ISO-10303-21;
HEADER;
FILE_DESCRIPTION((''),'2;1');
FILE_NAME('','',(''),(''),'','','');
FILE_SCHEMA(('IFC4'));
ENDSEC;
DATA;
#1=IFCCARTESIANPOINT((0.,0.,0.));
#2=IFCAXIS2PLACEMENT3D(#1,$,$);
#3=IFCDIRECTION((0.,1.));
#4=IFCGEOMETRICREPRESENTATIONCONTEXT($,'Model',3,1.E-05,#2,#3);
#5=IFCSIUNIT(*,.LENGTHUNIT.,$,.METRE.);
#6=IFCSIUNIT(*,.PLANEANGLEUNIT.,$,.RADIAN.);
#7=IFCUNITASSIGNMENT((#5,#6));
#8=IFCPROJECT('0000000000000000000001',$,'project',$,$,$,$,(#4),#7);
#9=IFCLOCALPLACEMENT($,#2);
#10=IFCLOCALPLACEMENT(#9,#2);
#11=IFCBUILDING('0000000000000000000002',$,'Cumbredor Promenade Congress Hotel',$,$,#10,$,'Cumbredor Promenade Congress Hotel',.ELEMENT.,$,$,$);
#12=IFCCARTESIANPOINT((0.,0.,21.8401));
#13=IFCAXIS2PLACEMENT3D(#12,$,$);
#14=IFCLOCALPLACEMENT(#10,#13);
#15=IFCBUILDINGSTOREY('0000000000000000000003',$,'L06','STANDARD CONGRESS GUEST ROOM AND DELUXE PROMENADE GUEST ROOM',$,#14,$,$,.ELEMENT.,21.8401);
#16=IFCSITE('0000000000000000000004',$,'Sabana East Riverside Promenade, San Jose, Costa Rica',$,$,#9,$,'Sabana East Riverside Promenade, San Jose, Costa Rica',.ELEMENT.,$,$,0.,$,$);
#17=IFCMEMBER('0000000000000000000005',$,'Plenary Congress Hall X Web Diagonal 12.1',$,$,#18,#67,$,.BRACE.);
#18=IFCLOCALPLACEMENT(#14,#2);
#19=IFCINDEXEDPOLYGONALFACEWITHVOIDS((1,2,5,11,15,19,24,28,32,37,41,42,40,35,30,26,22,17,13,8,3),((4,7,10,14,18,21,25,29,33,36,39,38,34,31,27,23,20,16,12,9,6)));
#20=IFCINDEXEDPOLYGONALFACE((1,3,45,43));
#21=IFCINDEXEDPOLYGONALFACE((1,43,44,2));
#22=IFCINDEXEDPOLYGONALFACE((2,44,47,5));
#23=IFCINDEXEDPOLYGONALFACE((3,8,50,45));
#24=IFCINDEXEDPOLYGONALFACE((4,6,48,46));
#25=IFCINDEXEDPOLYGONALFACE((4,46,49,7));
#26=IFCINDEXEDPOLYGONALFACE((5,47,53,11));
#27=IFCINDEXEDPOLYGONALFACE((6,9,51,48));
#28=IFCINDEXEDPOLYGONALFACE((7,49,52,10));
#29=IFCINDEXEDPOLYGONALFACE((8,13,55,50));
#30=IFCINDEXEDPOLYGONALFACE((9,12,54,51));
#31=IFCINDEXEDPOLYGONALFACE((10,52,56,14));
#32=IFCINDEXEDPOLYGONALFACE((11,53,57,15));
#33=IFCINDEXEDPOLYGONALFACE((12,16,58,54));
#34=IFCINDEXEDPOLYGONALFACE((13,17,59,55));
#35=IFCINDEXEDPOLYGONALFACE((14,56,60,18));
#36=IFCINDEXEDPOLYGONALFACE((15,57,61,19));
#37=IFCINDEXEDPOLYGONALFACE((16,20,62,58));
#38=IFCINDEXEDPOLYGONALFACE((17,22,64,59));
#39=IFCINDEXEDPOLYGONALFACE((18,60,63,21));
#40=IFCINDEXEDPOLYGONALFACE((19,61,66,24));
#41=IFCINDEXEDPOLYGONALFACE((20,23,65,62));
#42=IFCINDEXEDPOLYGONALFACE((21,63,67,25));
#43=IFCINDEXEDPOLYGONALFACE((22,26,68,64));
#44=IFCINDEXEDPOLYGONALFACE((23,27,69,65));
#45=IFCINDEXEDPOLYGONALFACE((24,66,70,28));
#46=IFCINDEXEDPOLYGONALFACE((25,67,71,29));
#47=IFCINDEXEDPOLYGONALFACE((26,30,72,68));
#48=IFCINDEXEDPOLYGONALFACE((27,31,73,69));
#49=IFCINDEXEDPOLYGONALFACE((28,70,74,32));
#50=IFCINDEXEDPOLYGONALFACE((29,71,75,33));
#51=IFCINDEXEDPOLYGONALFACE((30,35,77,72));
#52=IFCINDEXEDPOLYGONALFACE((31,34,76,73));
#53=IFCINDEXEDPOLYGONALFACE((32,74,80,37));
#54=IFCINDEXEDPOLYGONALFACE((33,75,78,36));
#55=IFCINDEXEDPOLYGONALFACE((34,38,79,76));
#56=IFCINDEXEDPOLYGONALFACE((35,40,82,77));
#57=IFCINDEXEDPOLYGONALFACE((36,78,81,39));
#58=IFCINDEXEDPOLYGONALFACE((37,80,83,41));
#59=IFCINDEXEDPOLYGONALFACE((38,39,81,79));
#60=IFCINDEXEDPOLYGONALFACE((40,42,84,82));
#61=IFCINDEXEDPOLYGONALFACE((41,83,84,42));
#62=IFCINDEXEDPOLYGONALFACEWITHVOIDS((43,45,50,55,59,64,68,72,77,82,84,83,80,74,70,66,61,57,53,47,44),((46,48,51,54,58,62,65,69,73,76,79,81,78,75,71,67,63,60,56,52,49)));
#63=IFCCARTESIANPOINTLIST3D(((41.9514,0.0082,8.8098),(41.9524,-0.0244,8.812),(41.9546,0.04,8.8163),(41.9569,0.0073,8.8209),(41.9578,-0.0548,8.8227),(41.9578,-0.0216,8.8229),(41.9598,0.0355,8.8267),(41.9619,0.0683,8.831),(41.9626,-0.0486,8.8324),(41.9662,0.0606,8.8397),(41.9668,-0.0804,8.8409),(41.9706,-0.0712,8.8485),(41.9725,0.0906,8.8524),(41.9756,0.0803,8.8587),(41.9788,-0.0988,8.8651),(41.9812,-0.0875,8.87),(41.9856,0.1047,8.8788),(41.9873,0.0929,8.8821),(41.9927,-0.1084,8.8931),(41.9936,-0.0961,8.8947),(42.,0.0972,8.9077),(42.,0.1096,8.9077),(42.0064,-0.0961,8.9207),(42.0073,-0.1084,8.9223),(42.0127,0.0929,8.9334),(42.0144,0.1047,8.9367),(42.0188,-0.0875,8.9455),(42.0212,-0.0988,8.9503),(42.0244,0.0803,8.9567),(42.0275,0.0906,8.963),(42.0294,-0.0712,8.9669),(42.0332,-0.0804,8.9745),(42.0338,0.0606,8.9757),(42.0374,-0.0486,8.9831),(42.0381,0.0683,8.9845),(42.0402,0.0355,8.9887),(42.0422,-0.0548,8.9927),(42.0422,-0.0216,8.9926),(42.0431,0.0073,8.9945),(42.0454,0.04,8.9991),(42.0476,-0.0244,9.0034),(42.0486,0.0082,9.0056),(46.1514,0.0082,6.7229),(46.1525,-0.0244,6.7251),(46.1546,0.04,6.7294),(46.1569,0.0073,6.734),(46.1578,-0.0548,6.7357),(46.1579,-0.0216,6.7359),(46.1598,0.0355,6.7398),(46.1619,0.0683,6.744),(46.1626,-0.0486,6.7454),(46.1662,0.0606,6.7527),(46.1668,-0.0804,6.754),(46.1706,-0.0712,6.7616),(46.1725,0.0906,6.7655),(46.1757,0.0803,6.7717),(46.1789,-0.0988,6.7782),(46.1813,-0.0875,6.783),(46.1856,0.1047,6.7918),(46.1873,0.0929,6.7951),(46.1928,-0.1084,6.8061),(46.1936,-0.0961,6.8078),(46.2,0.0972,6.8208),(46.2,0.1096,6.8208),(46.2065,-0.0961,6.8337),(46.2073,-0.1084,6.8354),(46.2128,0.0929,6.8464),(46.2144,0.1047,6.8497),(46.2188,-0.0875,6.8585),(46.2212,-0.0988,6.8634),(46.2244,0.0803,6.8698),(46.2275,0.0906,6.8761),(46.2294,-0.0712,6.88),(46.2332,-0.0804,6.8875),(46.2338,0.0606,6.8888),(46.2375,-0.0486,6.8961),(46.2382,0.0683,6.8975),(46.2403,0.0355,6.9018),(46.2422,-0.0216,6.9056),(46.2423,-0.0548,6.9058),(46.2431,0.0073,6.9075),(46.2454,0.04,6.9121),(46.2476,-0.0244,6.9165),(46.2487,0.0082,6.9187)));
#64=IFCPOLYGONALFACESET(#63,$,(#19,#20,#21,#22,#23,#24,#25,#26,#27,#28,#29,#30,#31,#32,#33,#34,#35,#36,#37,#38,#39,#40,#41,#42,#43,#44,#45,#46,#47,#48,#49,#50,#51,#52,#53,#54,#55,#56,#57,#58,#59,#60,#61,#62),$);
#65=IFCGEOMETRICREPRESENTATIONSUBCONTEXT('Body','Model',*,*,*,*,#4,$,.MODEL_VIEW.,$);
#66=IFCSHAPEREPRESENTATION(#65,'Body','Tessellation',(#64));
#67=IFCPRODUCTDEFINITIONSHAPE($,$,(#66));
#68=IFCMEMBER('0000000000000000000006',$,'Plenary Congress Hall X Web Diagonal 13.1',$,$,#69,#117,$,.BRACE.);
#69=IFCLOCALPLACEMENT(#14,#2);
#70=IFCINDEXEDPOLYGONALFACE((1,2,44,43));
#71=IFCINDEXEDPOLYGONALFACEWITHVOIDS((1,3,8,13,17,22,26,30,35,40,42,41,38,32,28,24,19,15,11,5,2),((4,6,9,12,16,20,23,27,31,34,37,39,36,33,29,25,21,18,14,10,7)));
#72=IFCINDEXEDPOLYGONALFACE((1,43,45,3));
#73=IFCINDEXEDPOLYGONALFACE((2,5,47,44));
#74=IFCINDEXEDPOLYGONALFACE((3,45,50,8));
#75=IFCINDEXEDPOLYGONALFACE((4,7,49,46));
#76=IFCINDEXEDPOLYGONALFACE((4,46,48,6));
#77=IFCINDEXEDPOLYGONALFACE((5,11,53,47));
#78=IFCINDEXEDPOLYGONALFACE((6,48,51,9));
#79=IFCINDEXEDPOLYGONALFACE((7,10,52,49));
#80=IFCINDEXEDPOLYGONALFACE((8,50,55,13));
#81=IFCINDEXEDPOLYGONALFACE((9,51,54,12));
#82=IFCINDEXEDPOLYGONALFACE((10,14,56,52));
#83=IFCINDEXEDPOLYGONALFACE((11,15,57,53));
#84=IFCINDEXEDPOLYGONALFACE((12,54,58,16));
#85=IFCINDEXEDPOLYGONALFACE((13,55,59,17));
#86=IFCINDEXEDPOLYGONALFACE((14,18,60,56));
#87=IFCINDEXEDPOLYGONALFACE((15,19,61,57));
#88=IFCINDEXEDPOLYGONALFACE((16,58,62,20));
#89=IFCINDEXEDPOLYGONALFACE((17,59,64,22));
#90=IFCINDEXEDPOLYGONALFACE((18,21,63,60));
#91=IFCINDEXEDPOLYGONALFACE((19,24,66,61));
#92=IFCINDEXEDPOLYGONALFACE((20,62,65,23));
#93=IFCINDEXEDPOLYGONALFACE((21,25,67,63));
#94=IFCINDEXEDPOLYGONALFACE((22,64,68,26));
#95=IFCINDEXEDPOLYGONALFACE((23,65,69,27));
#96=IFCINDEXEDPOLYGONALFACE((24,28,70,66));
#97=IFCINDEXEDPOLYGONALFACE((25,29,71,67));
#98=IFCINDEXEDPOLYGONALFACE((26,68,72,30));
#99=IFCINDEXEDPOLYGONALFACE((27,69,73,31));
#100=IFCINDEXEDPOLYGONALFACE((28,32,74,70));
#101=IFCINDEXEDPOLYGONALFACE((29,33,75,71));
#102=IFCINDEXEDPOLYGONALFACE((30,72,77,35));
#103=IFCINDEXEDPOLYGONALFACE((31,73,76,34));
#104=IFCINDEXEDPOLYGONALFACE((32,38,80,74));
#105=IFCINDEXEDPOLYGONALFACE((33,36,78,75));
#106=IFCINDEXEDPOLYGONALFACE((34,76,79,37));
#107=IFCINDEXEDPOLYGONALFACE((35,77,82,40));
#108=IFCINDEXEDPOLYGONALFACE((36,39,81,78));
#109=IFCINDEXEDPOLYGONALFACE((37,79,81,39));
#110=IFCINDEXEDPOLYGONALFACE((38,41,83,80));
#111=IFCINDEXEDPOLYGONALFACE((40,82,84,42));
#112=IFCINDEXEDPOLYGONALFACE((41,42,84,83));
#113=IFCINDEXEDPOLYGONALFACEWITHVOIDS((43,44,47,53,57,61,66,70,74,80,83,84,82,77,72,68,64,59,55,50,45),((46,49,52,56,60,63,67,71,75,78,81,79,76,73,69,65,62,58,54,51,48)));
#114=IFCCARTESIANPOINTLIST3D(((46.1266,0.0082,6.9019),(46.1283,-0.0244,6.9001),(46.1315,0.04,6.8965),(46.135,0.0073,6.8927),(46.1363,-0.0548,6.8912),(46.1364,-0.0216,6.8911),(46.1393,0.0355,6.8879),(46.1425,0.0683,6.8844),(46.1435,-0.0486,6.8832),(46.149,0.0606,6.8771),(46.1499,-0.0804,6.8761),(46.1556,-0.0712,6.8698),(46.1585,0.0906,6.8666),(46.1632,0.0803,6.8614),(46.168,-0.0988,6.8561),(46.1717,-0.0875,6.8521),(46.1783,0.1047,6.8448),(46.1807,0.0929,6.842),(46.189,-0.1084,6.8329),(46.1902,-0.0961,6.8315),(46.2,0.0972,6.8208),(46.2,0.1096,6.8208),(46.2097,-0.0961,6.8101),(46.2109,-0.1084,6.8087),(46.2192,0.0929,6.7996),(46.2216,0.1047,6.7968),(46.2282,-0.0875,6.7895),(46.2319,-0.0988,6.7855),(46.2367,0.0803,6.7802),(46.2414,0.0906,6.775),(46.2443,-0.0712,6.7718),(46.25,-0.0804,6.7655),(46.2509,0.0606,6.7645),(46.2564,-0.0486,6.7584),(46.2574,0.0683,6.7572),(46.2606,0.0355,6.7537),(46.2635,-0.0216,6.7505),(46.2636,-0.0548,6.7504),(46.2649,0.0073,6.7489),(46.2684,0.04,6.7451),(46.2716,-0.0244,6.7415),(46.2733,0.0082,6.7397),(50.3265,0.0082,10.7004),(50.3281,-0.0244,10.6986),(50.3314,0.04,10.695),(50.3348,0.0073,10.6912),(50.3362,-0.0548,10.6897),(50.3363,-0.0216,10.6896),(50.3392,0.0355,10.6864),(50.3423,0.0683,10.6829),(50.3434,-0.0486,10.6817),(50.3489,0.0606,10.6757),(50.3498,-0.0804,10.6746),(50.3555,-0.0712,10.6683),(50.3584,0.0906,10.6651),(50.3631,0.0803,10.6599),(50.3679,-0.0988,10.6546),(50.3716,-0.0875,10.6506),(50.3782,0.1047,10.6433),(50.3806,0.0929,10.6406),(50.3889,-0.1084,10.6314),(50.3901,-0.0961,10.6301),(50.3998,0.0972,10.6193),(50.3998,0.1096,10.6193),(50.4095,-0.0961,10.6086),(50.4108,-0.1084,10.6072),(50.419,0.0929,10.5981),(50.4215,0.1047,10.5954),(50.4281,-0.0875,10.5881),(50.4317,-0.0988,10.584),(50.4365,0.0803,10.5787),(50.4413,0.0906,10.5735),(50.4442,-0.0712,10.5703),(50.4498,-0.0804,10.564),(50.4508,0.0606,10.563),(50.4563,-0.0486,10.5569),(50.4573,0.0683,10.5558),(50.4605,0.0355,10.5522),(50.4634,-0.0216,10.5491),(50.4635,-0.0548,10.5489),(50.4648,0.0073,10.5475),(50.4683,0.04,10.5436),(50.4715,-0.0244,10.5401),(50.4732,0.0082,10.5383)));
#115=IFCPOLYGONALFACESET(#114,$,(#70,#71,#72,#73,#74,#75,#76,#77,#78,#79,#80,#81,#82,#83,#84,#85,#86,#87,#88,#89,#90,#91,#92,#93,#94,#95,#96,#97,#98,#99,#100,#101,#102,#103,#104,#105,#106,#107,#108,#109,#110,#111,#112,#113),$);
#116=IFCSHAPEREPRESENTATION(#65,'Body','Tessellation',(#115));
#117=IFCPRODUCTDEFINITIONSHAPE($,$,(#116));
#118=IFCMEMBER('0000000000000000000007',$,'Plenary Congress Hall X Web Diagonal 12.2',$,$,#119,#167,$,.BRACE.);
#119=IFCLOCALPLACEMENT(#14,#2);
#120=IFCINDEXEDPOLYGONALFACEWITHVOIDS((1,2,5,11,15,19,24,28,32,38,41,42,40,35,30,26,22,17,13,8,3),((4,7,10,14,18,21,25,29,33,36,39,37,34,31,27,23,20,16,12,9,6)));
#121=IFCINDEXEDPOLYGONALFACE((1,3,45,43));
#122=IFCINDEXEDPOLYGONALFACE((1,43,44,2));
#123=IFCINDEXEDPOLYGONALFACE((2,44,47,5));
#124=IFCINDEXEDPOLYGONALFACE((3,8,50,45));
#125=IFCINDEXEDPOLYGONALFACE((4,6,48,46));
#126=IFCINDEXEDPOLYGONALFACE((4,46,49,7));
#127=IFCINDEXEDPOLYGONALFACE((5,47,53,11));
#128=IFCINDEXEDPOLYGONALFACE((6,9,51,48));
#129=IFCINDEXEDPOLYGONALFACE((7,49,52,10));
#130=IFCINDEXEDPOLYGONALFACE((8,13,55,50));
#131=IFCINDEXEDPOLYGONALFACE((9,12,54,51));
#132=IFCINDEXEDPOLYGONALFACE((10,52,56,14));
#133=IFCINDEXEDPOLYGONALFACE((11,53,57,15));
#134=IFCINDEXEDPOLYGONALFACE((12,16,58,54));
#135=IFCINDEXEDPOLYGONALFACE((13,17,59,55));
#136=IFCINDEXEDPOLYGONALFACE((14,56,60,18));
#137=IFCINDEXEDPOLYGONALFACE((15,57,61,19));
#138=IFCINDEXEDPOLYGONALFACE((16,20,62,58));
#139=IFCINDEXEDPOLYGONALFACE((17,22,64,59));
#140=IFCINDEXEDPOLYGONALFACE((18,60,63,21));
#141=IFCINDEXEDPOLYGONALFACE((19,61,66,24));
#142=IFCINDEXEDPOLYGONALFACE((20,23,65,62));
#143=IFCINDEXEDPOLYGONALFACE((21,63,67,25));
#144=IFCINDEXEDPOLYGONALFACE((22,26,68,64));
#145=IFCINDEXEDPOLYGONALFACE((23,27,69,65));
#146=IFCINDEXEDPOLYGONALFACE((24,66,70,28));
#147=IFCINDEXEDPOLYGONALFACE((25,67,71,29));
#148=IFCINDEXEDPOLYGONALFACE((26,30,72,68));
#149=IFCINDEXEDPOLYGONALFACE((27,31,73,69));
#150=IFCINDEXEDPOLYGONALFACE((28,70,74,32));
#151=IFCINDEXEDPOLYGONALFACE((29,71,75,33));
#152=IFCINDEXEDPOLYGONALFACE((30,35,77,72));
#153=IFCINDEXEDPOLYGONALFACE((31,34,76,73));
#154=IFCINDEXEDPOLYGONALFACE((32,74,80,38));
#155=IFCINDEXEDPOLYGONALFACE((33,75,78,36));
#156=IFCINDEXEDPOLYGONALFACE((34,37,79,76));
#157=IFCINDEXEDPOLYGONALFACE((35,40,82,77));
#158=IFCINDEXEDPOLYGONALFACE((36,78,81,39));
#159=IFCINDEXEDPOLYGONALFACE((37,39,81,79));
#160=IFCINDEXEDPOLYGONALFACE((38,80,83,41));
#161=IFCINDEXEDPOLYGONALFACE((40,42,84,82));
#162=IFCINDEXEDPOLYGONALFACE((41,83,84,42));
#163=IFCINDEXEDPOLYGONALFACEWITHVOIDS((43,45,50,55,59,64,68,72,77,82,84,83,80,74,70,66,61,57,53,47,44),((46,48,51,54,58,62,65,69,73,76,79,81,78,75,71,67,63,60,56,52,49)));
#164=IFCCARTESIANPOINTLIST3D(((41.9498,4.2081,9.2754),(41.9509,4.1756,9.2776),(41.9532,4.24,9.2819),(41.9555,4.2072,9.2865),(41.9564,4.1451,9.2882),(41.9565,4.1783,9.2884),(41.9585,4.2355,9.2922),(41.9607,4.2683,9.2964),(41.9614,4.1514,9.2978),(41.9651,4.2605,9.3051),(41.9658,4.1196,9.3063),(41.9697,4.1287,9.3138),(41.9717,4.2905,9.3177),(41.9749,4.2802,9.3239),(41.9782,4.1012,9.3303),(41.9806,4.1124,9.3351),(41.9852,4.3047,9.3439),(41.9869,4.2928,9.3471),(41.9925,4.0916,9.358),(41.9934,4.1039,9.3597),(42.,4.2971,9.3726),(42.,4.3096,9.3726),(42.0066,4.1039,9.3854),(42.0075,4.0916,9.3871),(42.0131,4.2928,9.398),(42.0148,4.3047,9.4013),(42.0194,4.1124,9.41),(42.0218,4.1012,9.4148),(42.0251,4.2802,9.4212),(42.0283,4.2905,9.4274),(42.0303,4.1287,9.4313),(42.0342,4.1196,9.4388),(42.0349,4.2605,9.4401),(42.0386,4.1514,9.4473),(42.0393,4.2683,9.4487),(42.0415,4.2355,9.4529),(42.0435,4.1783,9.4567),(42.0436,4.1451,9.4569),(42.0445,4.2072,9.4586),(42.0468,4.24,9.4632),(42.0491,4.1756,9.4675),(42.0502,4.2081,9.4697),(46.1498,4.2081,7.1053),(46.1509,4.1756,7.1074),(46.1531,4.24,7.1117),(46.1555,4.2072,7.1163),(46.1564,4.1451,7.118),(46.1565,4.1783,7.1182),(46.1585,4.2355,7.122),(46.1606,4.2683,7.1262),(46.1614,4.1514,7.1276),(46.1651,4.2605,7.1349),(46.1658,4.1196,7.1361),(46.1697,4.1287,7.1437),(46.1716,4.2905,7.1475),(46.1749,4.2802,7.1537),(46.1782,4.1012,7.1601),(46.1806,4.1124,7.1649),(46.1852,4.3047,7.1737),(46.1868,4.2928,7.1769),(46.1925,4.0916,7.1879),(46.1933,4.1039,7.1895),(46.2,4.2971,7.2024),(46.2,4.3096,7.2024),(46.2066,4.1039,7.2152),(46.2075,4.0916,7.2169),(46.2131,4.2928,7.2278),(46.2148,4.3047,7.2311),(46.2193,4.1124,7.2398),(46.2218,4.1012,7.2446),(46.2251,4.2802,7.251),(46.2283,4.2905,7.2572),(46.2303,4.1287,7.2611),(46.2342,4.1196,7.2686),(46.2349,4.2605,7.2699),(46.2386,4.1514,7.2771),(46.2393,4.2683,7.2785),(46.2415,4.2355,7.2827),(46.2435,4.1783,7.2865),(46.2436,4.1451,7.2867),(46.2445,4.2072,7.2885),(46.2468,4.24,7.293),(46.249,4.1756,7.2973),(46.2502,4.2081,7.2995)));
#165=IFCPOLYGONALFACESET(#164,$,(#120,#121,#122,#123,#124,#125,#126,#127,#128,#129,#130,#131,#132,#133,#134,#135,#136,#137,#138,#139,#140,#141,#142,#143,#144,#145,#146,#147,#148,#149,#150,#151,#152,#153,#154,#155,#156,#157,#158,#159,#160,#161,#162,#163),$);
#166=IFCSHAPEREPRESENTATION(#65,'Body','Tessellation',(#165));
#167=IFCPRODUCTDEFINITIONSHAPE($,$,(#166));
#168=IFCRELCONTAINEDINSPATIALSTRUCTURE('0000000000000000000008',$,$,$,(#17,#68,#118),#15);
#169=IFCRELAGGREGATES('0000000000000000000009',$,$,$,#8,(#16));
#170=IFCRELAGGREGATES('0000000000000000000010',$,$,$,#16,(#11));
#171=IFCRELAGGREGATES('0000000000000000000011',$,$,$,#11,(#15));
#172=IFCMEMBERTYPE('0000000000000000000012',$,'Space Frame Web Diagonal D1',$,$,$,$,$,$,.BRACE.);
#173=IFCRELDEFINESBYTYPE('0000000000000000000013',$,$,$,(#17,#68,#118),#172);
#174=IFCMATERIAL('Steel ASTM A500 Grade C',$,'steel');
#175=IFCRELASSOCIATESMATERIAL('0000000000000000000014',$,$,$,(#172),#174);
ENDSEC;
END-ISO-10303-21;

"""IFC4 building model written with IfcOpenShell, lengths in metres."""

from ifc_helpers import new_model, si_unit, direction, frame, origin, origin_2d, place, context, subcontext, project, spatial, hollow_circle, extrude, material, material_profile, profile_set, type_object, element, save


model = new_model("IFC4")

# Units and contexts
model_context = context("Model", 3, precision=1e-05, world=origin(), true_north=direction((0.0, 1.0)))
body_context = subcontext(model_context, "Body", "Model", "MODEL_VIEW")
ifc_project = project(units=[si_unit("LENGTHUNIT", "METRE"), si_unit("PLANEANGLEUNIT", "RADIAN")], contexts=[model_context])

# Site, building, storey
site_placement = place(None, origin())
site = spatial("IfcSite", under=ifc_project, at=site_placement, Name="Sabana East Riverside Promenade, San Jose, Costa Rica", LongName="Sabana East Riverside Promenade, San Jose, Costa Rica", CompositionType="ELEMENT", RefElevation=0.0)
building_placement = place(site_placement, origin())
building = spatial("IfcBuilding", under=site, at=building_placement, Name="Cumbredor Promenade Congress Hotel", LongName="Cumbredor Promenade Congress Hotel", CompositionType="ELEMENT")
storey_placement = place(building_placement, frame((0.0, 0.0, 21.8401)))
storey = spatial("IfcBuildingStorey", under=building, at=storey_placement, Name="L06", Description="STANDARD CONGRESS GUEST ROOM AND DELUXE PROMENADE GUEST ROOM", CompositionType="ELEMENT", Elevation=21.8401)

# Members
ifc_material_1 = material(Name="Steel ASTM A500 Grade C", Category="steel")
ifc_material_profile_1 = material_profile(ifc_material_1, hollow_circle(Radius=0.1096, WallThickness=0.0125, at=origin_2d()), Name="CHS 219.1x12.5")
ifc_profile_set_1 = profile_set([ifc_material_profile_1], Name="Steel ASTM A500 Grade C")
member_type_1 = type_object("IfcMemberType", Name="Space Frame Web Diagonal D1", PredefinedType="BRACE", material=ifc_profile_set_1)
member_1_placement = place(storey_placement, frame((42.0, 0.0, 8.9077), z_axis=(0.895538, 0.0, -0.444984), x_axis=(0.0, 1.0, 0.0)))
element("IfcMember", 1, at=member_1_placement, inside=storey, type_object=member_type_1, Name="Plenary Congress Hall X Web Diagonal 12.1", PredefinedType="BRACE", context=body_context, shape_type="SweptSolid", body=[
    extrude(hollow_circle(Radius=0.1096, WallThickness=0.0125, at=origin_2d()), origin(), (0.0, 0.0, 1.0), 4.6899),
])
member_2_placement = place(storey_placement, frame((46.2, 0.0, 6.8208), z_axis=(0.741656, 0.0, 0.67078), x_axis=(0.0, 1.0, 0.0)))
element("IfcMember", 2, at=member_2_placement, inside=storey, type_object=member_type_1, Name="Plenary Congress Hall X Web Diagonal 13.1", PredefinedType="BRACE", context=body_context, shape_type="SweptSolid", body=[
    extrude(hollow_circle(Radius=0.1096, WallThickness=0.0125, at=origin_2d()), origin(), (0.0, 0.0, 1.0), 5.6628),
])
member_3_placement = place(storey_placement, frame((42.0, 4.2, 9.3726), z_axis=(0.888409, 0.0, -0.459052), x_axis=(0.0, 1.0, 0.0)))
element("IfcMember", 3, at=member_3_placement, inside=storey, type_object=member_type_1, Name="Plenary Congress Hall X Web Diagonal 12.2", PredefinedType="BRACE", context=body_context, shape_type="SweptSolid", body=[
    extrude(hollow_circle(Radius=0.1096, WallThickness=0.0125, at=origin_2d()), origin(), (0.0, 0.0, 1.0), 4.7275),
])

save(model, "model.ifc")
